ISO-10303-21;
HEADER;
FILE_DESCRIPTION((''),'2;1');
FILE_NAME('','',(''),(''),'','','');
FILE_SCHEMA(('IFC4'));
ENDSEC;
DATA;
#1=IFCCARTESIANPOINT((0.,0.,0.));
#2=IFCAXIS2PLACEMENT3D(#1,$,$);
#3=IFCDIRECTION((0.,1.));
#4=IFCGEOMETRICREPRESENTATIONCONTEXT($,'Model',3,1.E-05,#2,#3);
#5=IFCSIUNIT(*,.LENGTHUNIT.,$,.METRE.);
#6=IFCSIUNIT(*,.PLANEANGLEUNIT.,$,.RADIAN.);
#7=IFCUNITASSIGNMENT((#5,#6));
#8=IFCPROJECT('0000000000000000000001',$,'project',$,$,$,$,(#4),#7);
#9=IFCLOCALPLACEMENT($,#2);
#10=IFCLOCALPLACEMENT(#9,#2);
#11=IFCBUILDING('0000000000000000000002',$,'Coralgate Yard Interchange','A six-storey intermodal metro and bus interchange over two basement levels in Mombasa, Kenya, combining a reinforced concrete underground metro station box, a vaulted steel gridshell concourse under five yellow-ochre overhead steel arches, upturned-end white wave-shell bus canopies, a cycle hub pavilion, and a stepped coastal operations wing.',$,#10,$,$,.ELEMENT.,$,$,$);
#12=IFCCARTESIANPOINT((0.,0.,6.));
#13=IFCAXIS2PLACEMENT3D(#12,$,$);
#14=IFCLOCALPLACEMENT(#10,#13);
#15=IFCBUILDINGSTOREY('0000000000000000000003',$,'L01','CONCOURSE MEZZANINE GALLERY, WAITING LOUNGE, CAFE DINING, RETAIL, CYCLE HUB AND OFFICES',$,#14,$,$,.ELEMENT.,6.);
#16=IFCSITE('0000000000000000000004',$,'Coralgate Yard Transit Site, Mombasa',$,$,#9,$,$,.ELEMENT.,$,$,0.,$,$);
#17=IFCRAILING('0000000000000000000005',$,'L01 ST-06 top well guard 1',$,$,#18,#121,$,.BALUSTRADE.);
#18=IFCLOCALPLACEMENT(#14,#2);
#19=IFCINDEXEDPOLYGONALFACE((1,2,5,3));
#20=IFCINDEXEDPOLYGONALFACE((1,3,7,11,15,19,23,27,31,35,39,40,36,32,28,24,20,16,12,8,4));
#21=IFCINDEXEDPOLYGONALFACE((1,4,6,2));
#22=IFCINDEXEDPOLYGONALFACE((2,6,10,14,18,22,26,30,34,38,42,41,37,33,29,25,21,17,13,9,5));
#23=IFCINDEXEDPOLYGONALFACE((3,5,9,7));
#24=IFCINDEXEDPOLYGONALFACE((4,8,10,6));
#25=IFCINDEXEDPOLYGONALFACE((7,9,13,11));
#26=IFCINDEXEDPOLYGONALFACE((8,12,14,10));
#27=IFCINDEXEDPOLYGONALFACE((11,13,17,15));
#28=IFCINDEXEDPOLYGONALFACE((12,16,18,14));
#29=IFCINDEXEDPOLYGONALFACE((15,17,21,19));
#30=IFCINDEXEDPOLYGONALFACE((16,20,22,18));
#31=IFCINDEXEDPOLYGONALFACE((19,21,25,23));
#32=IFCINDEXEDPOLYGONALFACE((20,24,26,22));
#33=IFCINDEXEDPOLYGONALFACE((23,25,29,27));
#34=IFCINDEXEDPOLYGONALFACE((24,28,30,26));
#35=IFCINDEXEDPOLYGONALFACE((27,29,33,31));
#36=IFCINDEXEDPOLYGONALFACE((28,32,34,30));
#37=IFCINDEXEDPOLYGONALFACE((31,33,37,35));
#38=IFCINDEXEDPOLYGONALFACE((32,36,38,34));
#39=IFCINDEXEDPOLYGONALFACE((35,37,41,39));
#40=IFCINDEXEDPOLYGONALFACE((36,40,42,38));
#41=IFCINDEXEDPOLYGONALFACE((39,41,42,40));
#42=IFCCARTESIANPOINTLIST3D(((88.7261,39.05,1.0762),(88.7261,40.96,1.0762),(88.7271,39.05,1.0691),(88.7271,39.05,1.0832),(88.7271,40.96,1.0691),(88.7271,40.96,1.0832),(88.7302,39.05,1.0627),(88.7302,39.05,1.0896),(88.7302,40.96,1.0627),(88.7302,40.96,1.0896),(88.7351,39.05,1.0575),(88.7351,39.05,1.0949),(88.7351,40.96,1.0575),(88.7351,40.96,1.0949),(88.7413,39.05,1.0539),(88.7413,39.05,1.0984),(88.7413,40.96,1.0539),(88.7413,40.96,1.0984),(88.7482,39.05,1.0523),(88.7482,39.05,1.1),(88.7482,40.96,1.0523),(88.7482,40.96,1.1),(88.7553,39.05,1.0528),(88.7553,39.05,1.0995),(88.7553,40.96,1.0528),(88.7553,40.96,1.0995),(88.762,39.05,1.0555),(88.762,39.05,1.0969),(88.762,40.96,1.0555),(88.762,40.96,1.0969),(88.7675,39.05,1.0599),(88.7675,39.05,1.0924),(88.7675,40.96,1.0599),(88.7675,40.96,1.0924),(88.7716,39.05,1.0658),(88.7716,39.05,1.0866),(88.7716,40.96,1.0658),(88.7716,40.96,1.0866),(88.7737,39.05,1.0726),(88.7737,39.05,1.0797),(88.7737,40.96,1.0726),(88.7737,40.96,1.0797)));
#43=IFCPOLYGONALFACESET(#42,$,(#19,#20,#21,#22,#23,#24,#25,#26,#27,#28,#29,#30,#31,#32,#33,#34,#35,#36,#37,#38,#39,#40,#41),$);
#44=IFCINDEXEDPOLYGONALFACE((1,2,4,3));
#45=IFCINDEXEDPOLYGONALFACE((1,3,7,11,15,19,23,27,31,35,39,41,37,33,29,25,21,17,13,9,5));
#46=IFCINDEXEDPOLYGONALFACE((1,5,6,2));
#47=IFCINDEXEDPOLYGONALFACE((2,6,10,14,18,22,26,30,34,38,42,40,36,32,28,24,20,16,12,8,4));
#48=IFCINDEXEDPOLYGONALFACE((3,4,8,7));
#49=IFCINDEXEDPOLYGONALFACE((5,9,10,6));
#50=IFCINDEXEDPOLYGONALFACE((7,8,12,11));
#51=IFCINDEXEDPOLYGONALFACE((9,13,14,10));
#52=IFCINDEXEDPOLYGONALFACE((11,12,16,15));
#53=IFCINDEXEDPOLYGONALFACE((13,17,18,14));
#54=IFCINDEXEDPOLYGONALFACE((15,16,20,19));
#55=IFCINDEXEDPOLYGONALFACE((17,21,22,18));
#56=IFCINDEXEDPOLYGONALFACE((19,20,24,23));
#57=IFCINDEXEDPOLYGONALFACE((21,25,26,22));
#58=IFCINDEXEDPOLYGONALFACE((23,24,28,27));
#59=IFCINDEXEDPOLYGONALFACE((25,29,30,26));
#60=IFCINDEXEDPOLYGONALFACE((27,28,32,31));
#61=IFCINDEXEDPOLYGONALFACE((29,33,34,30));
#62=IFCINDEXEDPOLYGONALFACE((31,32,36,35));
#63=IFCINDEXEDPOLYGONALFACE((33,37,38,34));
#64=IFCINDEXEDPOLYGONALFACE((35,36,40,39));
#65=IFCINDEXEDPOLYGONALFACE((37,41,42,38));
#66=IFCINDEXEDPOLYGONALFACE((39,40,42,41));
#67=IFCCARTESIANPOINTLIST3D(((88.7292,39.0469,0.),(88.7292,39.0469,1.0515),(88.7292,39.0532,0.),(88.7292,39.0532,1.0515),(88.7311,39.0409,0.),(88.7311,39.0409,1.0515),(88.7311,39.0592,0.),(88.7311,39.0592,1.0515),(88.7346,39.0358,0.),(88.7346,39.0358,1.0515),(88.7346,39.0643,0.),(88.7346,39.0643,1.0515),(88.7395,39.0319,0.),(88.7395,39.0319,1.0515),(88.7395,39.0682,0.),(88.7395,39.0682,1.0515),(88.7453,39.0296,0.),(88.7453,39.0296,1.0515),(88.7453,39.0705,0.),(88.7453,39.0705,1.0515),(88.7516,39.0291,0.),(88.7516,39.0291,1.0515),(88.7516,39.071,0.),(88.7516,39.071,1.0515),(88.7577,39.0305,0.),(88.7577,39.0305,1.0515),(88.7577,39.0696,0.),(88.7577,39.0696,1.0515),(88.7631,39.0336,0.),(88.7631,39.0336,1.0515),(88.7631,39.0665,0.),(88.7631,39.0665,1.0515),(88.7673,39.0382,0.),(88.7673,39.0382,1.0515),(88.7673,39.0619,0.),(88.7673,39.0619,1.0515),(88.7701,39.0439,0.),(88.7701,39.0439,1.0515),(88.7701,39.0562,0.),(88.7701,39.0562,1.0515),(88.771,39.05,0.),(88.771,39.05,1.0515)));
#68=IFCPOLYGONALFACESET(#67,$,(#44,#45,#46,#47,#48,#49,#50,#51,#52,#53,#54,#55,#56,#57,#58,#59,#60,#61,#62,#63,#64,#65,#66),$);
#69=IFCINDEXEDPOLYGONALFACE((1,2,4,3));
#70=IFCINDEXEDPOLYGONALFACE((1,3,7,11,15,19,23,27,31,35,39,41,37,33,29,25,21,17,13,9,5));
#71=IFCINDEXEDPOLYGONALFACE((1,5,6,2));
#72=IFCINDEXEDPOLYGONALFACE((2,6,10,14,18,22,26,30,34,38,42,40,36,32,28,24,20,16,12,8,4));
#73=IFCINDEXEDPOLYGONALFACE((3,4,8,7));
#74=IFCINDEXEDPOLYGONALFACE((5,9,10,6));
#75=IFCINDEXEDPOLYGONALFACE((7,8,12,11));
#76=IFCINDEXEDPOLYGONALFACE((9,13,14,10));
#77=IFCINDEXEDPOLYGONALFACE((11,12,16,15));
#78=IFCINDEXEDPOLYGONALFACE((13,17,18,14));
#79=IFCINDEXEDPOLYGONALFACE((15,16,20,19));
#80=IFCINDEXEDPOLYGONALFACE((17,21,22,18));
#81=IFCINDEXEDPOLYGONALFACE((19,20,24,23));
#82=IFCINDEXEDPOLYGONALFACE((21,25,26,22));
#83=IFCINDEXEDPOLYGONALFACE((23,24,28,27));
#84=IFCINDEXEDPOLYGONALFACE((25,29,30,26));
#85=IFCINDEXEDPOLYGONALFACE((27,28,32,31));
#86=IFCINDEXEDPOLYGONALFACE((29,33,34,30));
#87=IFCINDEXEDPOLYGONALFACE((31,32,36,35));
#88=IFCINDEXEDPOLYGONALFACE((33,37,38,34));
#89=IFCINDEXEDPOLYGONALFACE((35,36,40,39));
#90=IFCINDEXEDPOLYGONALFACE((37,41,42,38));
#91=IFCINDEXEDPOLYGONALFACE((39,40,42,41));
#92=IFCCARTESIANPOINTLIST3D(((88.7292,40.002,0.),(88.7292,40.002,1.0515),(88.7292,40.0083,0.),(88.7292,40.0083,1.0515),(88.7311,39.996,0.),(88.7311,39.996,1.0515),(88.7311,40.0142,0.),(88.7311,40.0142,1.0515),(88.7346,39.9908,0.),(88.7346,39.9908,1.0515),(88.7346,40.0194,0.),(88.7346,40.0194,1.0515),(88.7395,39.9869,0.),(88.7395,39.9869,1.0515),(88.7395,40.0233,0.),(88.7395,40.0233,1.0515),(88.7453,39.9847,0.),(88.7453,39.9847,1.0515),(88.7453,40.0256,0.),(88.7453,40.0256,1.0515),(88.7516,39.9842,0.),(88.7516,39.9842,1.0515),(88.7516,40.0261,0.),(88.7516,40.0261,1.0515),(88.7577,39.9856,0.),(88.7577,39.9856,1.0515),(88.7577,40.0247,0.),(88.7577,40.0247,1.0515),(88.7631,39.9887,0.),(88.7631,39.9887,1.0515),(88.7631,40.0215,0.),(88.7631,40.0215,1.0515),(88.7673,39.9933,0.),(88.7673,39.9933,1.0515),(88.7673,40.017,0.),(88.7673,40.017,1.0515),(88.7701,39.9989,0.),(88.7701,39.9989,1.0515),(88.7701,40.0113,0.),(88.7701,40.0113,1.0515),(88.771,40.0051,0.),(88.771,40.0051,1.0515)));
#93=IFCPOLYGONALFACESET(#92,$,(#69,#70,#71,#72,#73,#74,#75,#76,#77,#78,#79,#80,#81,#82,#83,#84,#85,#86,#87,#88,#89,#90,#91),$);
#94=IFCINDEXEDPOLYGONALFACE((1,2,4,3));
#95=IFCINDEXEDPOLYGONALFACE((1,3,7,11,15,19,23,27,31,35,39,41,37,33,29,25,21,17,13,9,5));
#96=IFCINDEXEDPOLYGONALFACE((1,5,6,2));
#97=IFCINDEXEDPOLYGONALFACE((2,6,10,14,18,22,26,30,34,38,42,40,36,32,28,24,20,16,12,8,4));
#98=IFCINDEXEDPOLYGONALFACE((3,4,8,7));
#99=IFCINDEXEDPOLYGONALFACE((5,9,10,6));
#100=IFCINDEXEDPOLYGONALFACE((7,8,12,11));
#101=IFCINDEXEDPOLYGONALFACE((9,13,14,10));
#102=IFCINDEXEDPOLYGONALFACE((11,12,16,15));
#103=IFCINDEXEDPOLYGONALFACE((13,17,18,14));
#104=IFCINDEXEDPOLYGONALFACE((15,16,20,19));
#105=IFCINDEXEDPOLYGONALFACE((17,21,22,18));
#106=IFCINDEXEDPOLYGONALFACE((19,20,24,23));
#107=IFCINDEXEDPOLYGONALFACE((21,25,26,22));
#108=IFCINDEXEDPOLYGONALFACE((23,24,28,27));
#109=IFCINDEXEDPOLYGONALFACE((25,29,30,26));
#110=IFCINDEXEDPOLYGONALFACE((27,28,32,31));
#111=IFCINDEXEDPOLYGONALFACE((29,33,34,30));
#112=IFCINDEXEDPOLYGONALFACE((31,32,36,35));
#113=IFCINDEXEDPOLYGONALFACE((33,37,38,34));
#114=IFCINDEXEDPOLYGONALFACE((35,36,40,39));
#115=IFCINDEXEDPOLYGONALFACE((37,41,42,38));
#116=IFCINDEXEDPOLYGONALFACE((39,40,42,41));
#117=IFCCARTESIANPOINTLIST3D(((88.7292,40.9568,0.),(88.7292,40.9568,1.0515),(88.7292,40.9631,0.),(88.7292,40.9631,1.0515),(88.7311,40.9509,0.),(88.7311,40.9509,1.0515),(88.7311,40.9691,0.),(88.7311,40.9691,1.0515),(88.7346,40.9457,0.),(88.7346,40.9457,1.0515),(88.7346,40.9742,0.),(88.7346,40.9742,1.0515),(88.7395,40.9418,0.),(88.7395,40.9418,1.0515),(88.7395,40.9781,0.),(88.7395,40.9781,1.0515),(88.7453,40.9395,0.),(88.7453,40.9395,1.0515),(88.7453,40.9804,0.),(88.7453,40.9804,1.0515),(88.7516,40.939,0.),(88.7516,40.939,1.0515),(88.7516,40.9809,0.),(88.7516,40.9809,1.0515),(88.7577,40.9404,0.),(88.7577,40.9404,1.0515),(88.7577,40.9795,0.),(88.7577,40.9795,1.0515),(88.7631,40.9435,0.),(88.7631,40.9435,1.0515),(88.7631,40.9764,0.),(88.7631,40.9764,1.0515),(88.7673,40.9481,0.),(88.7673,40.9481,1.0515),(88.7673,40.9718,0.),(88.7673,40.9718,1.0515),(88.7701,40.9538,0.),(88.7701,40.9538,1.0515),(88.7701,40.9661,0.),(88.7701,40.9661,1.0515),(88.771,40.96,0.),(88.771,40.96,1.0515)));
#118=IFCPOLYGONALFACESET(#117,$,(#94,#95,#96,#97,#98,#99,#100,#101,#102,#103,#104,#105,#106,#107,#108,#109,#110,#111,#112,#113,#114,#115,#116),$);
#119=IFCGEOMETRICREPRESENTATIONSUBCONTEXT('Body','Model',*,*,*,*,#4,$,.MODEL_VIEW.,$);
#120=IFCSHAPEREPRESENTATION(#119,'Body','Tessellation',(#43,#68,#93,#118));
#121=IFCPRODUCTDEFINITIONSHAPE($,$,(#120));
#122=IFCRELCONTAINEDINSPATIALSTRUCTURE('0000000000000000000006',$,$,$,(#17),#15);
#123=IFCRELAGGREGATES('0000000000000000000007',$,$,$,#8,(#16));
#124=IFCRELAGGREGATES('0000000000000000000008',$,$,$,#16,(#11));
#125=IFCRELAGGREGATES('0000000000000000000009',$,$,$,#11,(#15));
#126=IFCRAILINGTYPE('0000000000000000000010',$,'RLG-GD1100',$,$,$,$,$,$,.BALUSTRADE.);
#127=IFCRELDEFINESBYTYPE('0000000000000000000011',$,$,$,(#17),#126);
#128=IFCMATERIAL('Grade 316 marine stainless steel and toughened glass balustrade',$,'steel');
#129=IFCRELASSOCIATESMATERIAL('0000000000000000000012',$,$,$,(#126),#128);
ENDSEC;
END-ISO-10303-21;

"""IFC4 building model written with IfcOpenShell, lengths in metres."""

from ifc_helpers import new_model, si_unit, direction, frame, origin, origin_2d, place, context, subcontext, project, spatial, circle, extrude, material, type_object, element, save


model = new_model("IFC4")

# Units and contexts
model_context = context("Model", 3, precision=1e-05, world=origin(), true_north=direction((0.0, 1.0)))
body_context = subcontext(model_context, "Body", "Model", "MODEL_VIEW")
ifc_project = project(units=[si_unit("LENGTHUNIT", "METRE"), si_unit("PLANEANGLEUNIT", "RADIAN")], contexts=[model_context])

# Site, building, storey
site_placement = place(None, origin())
site = spatial("IfcSite", under=ifc_project, at=site_placement, Name="Coralgate Yard Transit Site, Mombasa", CompositionType="ELEMENT", RefElevation=0.0)
building_placement = place(site_placement, origin())
building = spatial("IfcBuilding", under=site, at=building_placement, Name="Coralgate Yard Interchange", Description="A six-storey intermodal metro and bus interchange over two basement levels in Mombasa, Kenya, combining a reinforced concrete underground metro station box, a vaulted steel gridshell concourse under five yellow-ochre overhead steel arches, upturned-end white wave-shell bus canopies, a cycle hub pavilion, and a stepped coastal operations wing.", CompositionType="ELEMENT")
storey_placement = place(building_placement, frame((0.0, 0.0, 6.0)))
storey = spatial("IfcBuildingStorey", under=building, at=storey_placement, Name="L01", Description="CONCOURSE MEZZANINE GALLERY, WAITING LOUNGE, CAFE DINING, RETAIL, CYCLE HUB AND OFFICES", CompositionType="ELEMENT", Elevation=6.0)

# Railing
ifc_material_1 = material(Name="Grade 316 marine stainless steel and toughened glass balustrade", Category="steel")
railing_type = type_object("IfcRailingType", Name="RLG-GD1100", PredefinedType="BALUSTRADE", material=ifc_material_1)
railing_placement = place(storey_placement, frame((88.75, 39.05, 0.0)))
element("IfcRailing", 1, at=railing_placement, inside=storey, type_object=railing_type, Name="L01 ST-06 top well guard 1", PredefinedType="BALUSTRADE", context=body_context, shape_type="SweptSolid", body=[
    extrude(circle(Radius=0.0239, at=origin_2d()), frame((0.0, 0.0, 1.0762), z_axis=(0.0, 1.0, 0.0), x_axis=(-1.0, 0.0, 0.0)), (0.0, 0.0, 1.0), 1.9099),
    extrude(circle(Radius=0.021, at=origin_2d()), origin(), (0.0, 0.0, 1.0), 1.0515),
    extrude(circle(Radius=0.021, at=origin_2d()), frame((0.0, 0.9551, 0.0)), (0.0, 0.0, 1.0), 1.0515),
    extrude(circle(Radius=0.021, at=origin_2d()), frame((0.0, 1.9099, 0.0)), (0.0, 0.0, 1.0), 1.0515),
])

save(model, "model.ifc")
